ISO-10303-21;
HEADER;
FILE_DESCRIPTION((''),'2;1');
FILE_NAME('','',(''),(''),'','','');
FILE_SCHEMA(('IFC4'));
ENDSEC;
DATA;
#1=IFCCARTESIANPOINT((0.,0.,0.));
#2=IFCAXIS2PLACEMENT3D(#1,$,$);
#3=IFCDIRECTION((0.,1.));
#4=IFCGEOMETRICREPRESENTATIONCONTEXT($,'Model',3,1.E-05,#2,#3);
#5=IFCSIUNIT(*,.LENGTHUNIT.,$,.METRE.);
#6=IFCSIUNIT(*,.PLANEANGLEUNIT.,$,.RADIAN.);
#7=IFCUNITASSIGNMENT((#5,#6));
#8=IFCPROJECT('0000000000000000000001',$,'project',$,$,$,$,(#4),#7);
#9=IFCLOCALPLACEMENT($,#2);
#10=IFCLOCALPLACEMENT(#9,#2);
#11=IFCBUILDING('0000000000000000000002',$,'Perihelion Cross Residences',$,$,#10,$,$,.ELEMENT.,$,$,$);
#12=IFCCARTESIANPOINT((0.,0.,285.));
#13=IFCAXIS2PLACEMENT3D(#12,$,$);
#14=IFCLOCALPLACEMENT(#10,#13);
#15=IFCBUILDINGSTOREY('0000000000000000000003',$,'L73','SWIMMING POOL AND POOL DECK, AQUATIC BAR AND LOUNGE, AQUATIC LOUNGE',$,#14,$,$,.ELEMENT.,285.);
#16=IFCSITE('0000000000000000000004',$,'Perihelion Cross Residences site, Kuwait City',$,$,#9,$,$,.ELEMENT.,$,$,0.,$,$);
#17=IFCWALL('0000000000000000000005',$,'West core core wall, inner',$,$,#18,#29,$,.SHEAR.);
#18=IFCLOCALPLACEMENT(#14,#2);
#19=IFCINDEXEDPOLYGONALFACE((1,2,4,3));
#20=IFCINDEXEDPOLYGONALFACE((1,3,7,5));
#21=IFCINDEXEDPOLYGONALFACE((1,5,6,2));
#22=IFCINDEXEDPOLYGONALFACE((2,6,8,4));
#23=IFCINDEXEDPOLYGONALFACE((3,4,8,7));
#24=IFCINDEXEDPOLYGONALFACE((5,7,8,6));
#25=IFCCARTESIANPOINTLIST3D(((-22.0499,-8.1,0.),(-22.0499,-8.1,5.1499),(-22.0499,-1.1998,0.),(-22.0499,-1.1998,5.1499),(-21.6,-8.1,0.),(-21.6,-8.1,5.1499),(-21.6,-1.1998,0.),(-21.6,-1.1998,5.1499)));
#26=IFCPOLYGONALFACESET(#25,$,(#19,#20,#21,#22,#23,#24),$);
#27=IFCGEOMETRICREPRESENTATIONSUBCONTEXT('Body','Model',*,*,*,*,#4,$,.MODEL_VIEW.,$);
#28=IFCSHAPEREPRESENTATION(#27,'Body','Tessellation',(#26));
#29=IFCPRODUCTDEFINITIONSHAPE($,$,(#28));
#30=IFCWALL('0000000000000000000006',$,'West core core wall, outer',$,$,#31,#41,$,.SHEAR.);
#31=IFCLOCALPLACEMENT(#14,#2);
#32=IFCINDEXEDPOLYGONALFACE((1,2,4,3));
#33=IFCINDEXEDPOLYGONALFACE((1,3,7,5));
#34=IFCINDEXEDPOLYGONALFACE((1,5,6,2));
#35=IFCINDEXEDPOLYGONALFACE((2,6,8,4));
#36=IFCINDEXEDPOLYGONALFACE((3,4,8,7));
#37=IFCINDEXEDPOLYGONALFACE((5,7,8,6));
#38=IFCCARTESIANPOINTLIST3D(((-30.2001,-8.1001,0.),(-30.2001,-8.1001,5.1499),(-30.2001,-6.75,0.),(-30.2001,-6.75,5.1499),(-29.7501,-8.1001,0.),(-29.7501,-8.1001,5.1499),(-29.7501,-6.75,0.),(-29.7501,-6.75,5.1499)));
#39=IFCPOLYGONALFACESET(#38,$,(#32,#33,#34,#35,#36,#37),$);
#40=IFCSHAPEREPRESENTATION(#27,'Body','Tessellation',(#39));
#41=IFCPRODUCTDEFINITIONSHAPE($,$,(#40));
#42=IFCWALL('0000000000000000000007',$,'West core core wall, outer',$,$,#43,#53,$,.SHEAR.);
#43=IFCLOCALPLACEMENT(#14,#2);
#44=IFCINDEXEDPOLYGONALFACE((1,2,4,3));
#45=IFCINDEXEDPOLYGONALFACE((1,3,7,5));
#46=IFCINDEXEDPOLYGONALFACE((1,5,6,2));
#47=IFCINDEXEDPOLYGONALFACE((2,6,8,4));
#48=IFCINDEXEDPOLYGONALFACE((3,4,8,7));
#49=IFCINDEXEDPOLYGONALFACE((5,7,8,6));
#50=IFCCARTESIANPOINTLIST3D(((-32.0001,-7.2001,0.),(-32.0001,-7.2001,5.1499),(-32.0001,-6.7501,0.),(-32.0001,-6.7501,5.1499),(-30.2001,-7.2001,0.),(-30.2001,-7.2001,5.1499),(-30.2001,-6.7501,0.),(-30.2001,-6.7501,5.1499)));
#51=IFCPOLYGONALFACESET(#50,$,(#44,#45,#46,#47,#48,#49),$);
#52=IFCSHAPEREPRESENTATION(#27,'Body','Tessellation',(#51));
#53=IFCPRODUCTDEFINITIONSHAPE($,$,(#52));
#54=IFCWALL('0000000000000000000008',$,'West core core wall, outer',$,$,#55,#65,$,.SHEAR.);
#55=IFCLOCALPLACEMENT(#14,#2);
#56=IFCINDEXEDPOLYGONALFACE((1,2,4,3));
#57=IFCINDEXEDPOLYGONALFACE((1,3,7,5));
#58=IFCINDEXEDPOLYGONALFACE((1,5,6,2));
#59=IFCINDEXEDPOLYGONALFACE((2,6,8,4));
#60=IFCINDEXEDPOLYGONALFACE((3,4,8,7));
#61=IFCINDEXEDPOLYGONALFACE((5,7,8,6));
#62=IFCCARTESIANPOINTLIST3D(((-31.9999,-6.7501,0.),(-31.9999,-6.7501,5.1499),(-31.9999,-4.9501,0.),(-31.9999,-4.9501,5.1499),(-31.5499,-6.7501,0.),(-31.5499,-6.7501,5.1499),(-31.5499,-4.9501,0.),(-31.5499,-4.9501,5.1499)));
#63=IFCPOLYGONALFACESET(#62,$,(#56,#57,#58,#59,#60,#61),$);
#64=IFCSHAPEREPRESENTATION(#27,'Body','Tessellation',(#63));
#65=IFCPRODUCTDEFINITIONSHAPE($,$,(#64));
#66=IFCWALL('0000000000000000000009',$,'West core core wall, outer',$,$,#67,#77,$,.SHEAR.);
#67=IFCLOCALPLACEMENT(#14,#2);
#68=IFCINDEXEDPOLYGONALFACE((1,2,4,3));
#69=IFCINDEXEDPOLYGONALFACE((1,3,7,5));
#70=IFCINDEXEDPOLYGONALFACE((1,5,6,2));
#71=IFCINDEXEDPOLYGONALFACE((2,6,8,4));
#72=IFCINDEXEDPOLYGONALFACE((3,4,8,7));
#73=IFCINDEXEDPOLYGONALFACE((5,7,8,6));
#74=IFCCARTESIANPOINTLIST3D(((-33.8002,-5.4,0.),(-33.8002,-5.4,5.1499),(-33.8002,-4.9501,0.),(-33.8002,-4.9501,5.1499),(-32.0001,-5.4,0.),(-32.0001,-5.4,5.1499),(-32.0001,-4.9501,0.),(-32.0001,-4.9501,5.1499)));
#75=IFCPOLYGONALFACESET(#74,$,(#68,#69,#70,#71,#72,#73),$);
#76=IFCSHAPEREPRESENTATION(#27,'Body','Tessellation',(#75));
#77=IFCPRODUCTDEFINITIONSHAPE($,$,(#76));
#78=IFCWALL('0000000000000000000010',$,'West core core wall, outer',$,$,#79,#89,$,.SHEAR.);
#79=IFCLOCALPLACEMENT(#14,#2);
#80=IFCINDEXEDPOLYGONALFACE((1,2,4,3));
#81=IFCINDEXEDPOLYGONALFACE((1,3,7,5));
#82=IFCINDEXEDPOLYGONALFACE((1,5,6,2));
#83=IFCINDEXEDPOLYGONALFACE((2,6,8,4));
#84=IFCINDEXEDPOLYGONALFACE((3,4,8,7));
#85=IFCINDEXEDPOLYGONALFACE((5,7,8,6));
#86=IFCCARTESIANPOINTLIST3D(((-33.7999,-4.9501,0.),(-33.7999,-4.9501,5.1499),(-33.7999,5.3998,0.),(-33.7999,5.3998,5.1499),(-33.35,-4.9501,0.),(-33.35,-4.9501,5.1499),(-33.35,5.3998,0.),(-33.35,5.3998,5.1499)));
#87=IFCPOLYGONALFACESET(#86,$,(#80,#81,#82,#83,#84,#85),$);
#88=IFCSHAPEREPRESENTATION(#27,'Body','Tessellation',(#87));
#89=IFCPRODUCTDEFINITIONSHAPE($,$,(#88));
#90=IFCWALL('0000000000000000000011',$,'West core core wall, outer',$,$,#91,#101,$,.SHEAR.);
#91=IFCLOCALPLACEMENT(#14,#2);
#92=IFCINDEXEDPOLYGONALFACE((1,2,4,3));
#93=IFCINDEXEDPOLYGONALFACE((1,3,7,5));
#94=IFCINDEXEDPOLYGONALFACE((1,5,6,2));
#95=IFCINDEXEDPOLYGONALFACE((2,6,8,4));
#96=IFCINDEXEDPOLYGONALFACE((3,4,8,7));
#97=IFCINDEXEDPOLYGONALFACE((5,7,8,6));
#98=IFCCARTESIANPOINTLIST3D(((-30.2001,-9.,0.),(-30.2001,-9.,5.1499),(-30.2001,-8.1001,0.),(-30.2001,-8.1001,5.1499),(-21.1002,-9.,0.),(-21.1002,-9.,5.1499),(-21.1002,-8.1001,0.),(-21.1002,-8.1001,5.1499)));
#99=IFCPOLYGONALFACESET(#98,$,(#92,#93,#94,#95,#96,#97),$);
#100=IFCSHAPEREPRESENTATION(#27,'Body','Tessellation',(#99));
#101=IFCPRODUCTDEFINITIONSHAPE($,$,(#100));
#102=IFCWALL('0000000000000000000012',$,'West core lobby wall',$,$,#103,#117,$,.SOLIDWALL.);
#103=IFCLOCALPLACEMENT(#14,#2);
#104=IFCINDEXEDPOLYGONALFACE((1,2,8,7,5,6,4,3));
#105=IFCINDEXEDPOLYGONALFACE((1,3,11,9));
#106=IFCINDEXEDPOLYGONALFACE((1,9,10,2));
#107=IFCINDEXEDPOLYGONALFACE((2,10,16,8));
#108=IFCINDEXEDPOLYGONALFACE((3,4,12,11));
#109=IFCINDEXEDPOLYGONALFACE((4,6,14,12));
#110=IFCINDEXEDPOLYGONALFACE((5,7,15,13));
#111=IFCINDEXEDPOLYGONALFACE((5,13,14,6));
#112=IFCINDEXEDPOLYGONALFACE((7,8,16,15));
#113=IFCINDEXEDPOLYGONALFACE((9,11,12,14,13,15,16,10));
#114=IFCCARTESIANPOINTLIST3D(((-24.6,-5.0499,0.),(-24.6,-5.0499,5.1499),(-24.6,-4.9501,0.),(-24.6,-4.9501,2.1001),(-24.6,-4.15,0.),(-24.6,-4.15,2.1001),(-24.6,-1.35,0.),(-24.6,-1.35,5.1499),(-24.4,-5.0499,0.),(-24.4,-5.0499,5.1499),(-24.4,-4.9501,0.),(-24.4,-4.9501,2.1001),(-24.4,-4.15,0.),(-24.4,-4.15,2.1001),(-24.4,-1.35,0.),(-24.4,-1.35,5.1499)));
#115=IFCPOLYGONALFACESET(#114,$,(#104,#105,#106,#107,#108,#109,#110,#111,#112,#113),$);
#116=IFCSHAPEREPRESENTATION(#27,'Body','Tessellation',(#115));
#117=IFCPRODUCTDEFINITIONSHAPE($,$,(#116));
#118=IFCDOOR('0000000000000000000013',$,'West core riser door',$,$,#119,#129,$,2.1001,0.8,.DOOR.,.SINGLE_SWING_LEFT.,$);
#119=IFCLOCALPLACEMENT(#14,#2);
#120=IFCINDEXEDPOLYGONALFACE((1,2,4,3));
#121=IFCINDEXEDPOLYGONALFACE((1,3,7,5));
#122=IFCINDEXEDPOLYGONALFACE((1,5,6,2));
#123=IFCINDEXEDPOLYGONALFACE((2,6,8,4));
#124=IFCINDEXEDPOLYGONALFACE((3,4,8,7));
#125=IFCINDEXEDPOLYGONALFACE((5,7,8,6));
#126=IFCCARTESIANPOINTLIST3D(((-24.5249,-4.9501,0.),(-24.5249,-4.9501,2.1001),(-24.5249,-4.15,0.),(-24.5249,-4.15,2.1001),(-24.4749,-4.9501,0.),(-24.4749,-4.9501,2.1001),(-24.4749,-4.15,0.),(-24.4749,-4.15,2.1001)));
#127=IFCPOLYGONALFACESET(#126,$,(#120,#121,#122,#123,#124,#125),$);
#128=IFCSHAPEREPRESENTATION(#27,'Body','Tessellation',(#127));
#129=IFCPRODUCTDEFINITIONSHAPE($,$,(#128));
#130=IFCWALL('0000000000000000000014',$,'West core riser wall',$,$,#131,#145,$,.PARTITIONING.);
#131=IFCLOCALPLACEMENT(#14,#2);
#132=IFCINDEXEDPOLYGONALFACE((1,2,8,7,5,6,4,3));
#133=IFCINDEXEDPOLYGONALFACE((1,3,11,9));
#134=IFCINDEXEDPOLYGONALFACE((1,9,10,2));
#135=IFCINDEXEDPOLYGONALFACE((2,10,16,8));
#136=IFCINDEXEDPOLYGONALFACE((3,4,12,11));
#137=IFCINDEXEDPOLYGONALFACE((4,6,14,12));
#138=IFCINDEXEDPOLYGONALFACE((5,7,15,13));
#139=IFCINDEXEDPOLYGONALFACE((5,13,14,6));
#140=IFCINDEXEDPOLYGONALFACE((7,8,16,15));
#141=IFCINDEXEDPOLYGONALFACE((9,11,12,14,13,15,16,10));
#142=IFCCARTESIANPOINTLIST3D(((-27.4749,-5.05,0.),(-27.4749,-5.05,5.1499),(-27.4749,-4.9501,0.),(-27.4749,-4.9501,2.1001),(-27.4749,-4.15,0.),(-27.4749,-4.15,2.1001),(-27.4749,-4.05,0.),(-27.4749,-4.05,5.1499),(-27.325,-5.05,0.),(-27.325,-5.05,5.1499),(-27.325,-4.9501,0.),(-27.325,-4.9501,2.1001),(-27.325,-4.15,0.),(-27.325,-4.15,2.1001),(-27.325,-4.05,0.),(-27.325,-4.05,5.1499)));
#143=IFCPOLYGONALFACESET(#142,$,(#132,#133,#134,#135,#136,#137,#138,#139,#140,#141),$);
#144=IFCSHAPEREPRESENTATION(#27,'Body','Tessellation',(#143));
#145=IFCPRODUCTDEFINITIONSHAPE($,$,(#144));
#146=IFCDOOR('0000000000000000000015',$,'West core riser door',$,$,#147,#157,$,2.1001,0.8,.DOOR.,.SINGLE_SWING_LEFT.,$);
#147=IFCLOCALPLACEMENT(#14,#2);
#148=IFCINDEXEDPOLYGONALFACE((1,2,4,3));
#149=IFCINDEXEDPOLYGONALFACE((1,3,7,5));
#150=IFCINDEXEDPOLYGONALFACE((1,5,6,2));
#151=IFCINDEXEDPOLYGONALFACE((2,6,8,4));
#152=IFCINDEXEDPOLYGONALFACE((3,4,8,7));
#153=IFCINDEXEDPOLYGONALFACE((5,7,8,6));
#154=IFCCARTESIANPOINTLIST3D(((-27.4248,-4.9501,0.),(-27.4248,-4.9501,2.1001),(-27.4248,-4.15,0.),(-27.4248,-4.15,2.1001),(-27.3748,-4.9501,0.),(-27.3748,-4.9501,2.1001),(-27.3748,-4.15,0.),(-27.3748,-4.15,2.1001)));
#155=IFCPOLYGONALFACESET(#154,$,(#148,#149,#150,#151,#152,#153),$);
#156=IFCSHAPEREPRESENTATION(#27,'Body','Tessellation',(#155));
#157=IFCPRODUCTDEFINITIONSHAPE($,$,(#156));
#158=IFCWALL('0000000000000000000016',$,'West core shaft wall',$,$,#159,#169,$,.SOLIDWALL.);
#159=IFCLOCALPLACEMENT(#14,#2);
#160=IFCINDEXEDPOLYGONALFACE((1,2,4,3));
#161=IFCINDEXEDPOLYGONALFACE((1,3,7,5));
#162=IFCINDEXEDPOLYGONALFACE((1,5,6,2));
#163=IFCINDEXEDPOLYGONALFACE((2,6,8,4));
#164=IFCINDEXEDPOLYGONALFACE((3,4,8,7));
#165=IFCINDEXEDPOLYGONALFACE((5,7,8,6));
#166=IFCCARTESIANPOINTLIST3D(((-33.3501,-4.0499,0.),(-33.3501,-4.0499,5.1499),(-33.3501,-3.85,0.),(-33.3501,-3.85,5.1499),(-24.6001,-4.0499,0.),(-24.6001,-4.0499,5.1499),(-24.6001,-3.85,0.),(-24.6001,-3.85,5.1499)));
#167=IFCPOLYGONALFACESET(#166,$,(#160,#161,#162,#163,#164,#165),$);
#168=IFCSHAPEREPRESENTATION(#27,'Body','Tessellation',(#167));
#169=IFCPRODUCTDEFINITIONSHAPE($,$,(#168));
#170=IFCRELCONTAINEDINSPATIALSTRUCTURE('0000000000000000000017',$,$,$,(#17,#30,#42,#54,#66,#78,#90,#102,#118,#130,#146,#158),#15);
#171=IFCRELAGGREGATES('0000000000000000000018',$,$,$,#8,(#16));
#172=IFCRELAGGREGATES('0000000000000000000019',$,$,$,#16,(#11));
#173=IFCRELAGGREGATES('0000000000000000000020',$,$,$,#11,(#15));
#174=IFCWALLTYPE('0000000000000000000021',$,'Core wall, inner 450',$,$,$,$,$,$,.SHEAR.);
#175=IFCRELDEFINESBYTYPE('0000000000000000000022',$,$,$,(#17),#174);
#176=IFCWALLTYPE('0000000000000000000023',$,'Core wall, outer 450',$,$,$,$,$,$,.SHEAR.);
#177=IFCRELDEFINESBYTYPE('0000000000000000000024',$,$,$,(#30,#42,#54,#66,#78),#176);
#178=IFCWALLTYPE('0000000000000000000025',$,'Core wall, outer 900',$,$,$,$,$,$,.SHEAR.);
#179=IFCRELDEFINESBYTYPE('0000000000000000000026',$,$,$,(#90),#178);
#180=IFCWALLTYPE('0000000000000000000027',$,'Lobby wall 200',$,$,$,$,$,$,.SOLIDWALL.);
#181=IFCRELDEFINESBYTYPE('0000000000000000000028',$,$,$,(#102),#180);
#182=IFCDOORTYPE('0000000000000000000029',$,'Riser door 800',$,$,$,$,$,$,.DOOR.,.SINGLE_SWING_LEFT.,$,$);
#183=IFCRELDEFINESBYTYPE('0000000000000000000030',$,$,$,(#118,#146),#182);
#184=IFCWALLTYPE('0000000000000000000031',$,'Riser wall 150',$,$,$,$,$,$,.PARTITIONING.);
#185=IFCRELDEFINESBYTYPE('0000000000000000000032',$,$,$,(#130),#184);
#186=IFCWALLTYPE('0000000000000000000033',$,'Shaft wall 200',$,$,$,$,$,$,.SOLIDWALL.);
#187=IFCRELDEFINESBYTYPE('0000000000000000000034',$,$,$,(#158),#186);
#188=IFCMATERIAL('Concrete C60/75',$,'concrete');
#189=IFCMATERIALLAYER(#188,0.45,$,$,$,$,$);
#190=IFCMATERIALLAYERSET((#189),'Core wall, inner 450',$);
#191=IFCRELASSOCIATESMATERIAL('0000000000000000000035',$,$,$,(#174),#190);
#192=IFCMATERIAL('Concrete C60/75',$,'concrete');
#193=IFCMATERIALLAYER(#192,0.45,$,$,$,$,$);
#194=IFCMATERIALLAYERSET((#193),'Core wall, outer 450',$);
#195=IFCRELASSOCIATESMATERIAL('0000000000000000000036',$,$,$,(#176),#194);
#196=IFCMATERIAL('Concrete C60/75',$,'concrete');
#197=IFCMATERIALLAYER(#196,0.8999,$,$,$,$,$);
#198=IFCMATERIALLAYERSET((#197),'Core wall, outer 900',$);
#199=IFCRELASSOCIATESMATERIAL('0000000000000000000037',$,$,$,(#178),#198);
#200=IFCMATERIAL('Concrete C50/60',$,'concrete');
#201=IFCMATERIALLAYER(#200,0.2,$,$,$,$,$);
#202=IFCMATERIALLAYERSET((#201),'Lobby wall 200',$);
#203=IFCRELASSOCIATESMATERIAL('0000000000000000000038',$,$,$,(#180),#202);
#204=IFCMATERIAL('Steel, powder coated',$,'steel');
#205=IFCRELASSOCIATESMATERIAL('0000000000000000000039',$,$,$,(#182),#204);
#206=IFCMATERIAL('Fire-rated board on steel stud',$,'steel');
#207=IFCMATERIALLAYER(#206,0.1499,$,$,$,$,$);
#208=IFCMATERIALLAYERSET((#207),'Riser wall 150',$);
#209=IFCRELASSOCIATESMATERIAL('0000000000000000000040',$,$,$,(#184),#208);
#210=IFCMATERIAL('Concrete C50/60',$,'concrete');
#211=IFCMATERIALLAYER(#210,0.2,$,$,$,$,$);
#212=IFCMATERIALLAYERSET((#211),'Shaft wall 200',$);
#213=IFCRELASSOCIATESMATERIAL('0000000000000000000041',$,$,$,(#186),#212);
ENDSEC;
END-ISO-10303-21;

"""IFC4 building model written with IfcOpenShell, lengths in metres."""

from ifc_helpers import new_model, si_unit, direction, frame, frame_2d, origin, place, context, subcontext, project, spatial, rectangle, extrude, material, layer, layer_set, type_object, element, fill, save


model = new_model("IFC4")

# Units and contexts
model_context = context("Model", 3, precision=1e-05, world=origin(), true_north=direction((0.0, 1.0)))
body_context = subcontext(model_context, "Body", "Model", "MODEL_VIEW")
ifc_project = project(units=[si_unit("LENGTHUNIT", "METRE"), si_unit("PLANEANGLEUNIT", "RADIAN")], contexts=[model_context])

# Site, building, storey
site_placement = place(None, origin())
site = spatial("IfcSite", under=ifc_project, at=site_placement, Name="Perihelion Cross Residences site, Kuwait City", CompositionType="ELEMENT", RefElevation=0.0)
building_placement = place(site_placement, origin())
building = spatial("IfcBuilding", under=site, at=building_placement, Name="Perihelion Cross Residences", CompositionType="ELEMENT")
storey_placement = place(building_placement, frame((0.0, 0.0, 285.0)))
storey = spatial("IfcBuildingStorey", under=building, at=storey_placement, Name="L73", Description="SWIMMING POOL AND POOL DECK, AQUATIC BAR AND LOUNGE, AQUATIC LOUNGE", CompositionType="ELEMENT", Elevation=285.0)

# Walls
ifc_material_1 = material(Name="Concrete C60/75", Category="concrete")
ifc_layer_1 = layer(ifc_material_1, 0.45)
ifc_layer_set_1 = layer_set([ifc_layer_1], Name="Core wall, inner 450")
wall_type_1 = type_object("IfcWallType", Name="Core wall, inner 450", PredefinedType="SHEAR", material=ifc_layer_set_1)
wall_1_placement = place(storey_placement, frame((-21.825, -8.1001, 0.0), z_axis=(0.0, 0.0, 1.0), x_axis=(0.0, 1.0, 0.0)))
element("IfcWall", 1, at=wall_1_placement, inside=storey, type_object=wall_type_1, Name="West core core wall, inner", PredefinedType="SHEAR", context=body_context, shape_type="SweptSolid", body=[
    extrude(rectangle(XDim=6.9001, YDim=0.45, at=frame_2d((3.4502, 0.0))), origin(), (0.0, 0.0, 1.0), 5.1499),
])
ifc_material_2 = material(Name="Concrete C60/75", Category="concrete")
ifc_layer_2 = layer(ifc_material_2, 0.45)
ifc_layer_set_2 = layer_set([ifc_layer_2], Name="Core wall, outer 450")
wall_type_2 = type_object("IfcWallType", Name="Core wall, outer 450", PredefinedType="SHEAR", material=ifc_layer_set_2)
wall_2_placement = place(storey_placement, frame((-29.9751, -8.1001, 0.0), z_axis=(0.0, 0.0, 1.0), x_axis=(0.0, 1.0, 0.0)))
element("IfcWall", 2, at=wall_2_placement, inside=storey, type_object=wall_type_2, Name="West core core wall, outer", PredefinedType="SHEAR", context=body_context, shape_type="SweptSolid", body=[
    extrude(rectangle(XDim=1.3501, YDim=0.45, at=frame_2d((0.675, 0.0))), origin(), (0.0, 0.0, 1.0), 5.1499),
])
for number, where, z_axis, x_axis, name in (
    (3, (-32.0, -6.9751, 0.0), (0.0, 0.0, 1.0), (1.0, 0.0, 0.0), "West core core wall, outer"),
    (4, (-31.7749, -6.75, 0.0), (0.0, 0.0, 1.0), (0.0, 1.0, 0.0), "West core core wall, outer"),
    (5, (-33.8, -5.175, 0.0), (0.0, 0.0, 1.0), (1.0, 0.0, 0.0), "West core core wall, outer"),
):
    element("IfcWall", number, at=place(storey_placement, frame(where, z_axis=z_axis, x_axis=x_axis)), inside=storey, type_object=wall_type_2, Name=name, PredefinedType="SHEAR", context=body_context, shape_type="SweptSolid", body=[
        extrude(rectangle(XDim=1.8, YDim=0.45, at=frame_2d((0.8999, 0.0))), origin(), (0.0, 0.0, 1.0), 5.1499),
    ])
wall_3_placement = place(storey_placement, frame((-33.575, -4.95, 0.0), z_axis=(0.0, 0.0, 1.0), x_axis=(0.0, 1.0, 0.0)))
element("IfcWall", 6, at=wall_3_placement, inside=storey, type_object=wall_type_2, Name="West core core wall, outer", PredefinedType="SHEAR", context=body_context, shape_type="SweptSolid", body=[
    extrude(rectangle(XDim=10.3499, YDim=0.45, at=frame_2d((5.1748, 0.0))), origin(), (0.0, 0.0, 1.0), 5.1499),
])
ifc_material_3 = material(Name="Concrete C60/75", Category="concrete")
ifc_layer_3 = layer(ifc_material_3, 0.8999)
ifc_layer_set_3 = layer_set([ifc_layer_3], Name="Core wall, outer 900")
wall_type_3 = type_object("IfcWallType", Name="Core wall, outer 900", PredefinedType="SHEAR", material=ifc_layer_set_3)
wall_4_placement = place(storey_placement, frame((-30.2, -8.55, 0.0), z_axis=(0.0, 0.0, 1.0), x_axis=(1.0, 0.0, 0.0)))
element("IfcWall", 7, at=wall_4_placement, inside=storey, type_object=wall_type_3, Name="West core core wall, outer", PredefinedType="SHEAR", context=body_context, shape_type="SweptSolid", body=[
    extrude(rectangle(XDim=9.0999, YDim=0.8999, at=frame_2d((4.5498, 0.0))), origin(), (0.0, 0.0, 1.0), 5.1499),
])

# Walls, openings, doors
ifc_material_4 = material(Name="Concrete C50/60", Category="concrete")
ifc_layer_4 = layer(ifc_material_4, 0.2)
ifc_layer_set_4 = layer_set([ifc_layer_4], Name="Lobby wall 200")
wall_type_4 = type_object("IfcWallType", Name="Lobby wall 200", PredefinedType="SOLIDWALL", material=ifc_layer_set_4)
wall_5_placement = place(storey_placement, frame((-24.5, -5.05, 0.0), z_axis=(0.0, 0.0, 1.0), x_axis=(0.0, 1.0, 0.0)))
wall_5 = element("IfcWall", 8, at=wall_5_placement, inside=storey, type_object=wall_type_4, Name="West core lobby wall", PredefinedType="SOLIDWALL", context=body_context, shape_type="SweptSolid", body=[
    extrude(rectangle(XDim=3.7, YDim=0.2, at=frame_2d((1.8501, 0.0))), origin(), (0.0, 0.0, 1.0), 5.1499),
])
opening_1_placement = place(wall_5_placement, frame((0.1001, 0.0, 0.0)))
opening_1 = element("IfcOpeningElement", 9, at=opening_1_placement, cuts=wall_5, PredefinedType="OPENING", context=body_context, shape_type="SweptSolid", body=[
    extrude(rectangle(XDim=0.8, YDim=2.1001, at=frame_2d((0.3999, 1.05))), frame((0.0, 0.1099, 0.0), z_axis=(0.0, -1.0, 0.0), x_axis=(1.0, 0.0, 0.0)), (0.0, 0.0, 1.0), 0.22),
])
ifc_material_5 = material(Name="Steel, powder coated", Category="steel")
door_type_1 = type_object("IfcDoorType", Name="Riser door 800", OperationType="SINGLE_SWING_LEFT", PredefinedType="DOOR", material=ifc_material_5)
door_1_placement = place(opening_1_placement, origin())
door_1 = element("IfcDoor", 10, at=door_1_placement, inside=storey, type_object=door_type_1, Name="West core riser door", OperationType="SINGLE_SWING_LEFT", OverallHeight=2.1001, OverallWidth=0.8, PredefinedType="DOOR", context=body_context, shape_type="SweptSolid", body=[
    extrude(rectangle(XDim=0.8, YDim=2.1001, at=frame_2d((0.3999, 1.05))), frame((0.0, 0.0249, 0.0), z_axis=(0.0, -1.0, 0.0), x_axis=(1.0, 0.0, 0.0)), (0.0, 0.0, 1.0), 0.05),
])
fill(opening_1, door_1)
ifc_material_6 = material(Name="Fire-rated board on steel stud", Category="steel")
ifc_layer_5 = layer(ifc_material_6, 0.1499)
ifc_layer_set_5 = layer_set([ifc_layer_5], Name="Riser wall 150")
wall_type_5 = type_object("IfcWallType", Name="Riser wall 150", PredefinedType="PARTITIONING", material=ifc_layer_set_5)
wall_6_placement = place(storey_placement, frame((-27.3999, -5.05, 0.0), z_axis=(0.0, 0.0, 1.0), x_axis=(0.0, 1.0, 0.0)))
wall_6 = element("IfcWall", 11, at=wall_6_placement, inside=storey, type_object=wall_type_5, Name="West core riser wall", PredefinedType="PARTITIONING", context=body_context, shape_type="SweptSolid", body=[
    extrude(rectangle(XDim=1.0, YDim=0.1499, at=frame_2d((0.5, 0.0))), origin(), (0.0, 0.0, 1.0), 5.1499),
])
opening_2_placement = place(wall_6_placement, frame((0.1001, 0.0, 0.0)))
opening_2 = element("IfcOpeningElement", 12, at=opening_2_placement, cuts=wall_6, PredefinedType="OPENING", context=body_context, shape_type="SweptSolid", body=[
    extrude(rectangle(XDim=0.8, YDim=2.1001, at=frame_2d((0.3999, 1.05))), frame((0.0, 0.085, 0.0), z_axis=(0.0, -1.0, 0.0), x_axis=(1.0, 0.0, 0.0)), (0.0, 0.0, 1.0), 0.1699),
])
door_2_placement = place(opening_2_placement, origin())
door_2 = element("IfcDoor", 13, at=door_2_placement, inside=storey, type_object=door_type_1, Name="West core riser door", OperationType="SINGLE_SWING_LEFT", OverallHeight=2.1001, OverallWidth=0.8, PredefinedType="DOOR", context=body_context, shape_type="SweptSolid", body=[
    extrude(rectangle(XDim=0.8, YDim=2.1001, at=frame_2d((0.3999, 1.05))), frame((0.0, 0.0249, 0.0), z_axis=(0.0, -1.0, 0.0), x_axis=(1.0, 0.0, 0.0)), (0.0, 0.0, 1.0), 0.05),
])
fill(opening_2, door_2)

# Wall
ifc_material_7 = material(Name="Concrete C50/60", Category="concrete")
ifc_layer_6 = layer(ifc_material_7, 0.2)
ifc_layer_set_6 = layer_set([ifc_layer_6], Name="Shaft wall 200")
wall_type_6 = type_object("IfcWallType", Name="Shaft wall 200", PredefinedType="SOLIDWALL", material=ifc_layer_set_6)
wall_7_placement = place(storey_placement, frame((-33.3501, -3.95, 0.0), z_axis=(0.0, 0.0, 1.0), x_axis=(1.0, 0.0, 0.0)))
element("IfcWall", 14, at=wall_7_placement, inside=storey, type_object=wall_type_6, Name="West core shaft wall", PredefinedType="SOLIDWALL", context=body_context, shape_type="SweptSolid", body=[
    extrude(rectangle(XDim=8.75, YDim=0.2, at=frame_2d((4.375, 0.0))), origin(), (0.0, 0.0, 1.0), 5.1499),
])

save(model, "model.ifc")
